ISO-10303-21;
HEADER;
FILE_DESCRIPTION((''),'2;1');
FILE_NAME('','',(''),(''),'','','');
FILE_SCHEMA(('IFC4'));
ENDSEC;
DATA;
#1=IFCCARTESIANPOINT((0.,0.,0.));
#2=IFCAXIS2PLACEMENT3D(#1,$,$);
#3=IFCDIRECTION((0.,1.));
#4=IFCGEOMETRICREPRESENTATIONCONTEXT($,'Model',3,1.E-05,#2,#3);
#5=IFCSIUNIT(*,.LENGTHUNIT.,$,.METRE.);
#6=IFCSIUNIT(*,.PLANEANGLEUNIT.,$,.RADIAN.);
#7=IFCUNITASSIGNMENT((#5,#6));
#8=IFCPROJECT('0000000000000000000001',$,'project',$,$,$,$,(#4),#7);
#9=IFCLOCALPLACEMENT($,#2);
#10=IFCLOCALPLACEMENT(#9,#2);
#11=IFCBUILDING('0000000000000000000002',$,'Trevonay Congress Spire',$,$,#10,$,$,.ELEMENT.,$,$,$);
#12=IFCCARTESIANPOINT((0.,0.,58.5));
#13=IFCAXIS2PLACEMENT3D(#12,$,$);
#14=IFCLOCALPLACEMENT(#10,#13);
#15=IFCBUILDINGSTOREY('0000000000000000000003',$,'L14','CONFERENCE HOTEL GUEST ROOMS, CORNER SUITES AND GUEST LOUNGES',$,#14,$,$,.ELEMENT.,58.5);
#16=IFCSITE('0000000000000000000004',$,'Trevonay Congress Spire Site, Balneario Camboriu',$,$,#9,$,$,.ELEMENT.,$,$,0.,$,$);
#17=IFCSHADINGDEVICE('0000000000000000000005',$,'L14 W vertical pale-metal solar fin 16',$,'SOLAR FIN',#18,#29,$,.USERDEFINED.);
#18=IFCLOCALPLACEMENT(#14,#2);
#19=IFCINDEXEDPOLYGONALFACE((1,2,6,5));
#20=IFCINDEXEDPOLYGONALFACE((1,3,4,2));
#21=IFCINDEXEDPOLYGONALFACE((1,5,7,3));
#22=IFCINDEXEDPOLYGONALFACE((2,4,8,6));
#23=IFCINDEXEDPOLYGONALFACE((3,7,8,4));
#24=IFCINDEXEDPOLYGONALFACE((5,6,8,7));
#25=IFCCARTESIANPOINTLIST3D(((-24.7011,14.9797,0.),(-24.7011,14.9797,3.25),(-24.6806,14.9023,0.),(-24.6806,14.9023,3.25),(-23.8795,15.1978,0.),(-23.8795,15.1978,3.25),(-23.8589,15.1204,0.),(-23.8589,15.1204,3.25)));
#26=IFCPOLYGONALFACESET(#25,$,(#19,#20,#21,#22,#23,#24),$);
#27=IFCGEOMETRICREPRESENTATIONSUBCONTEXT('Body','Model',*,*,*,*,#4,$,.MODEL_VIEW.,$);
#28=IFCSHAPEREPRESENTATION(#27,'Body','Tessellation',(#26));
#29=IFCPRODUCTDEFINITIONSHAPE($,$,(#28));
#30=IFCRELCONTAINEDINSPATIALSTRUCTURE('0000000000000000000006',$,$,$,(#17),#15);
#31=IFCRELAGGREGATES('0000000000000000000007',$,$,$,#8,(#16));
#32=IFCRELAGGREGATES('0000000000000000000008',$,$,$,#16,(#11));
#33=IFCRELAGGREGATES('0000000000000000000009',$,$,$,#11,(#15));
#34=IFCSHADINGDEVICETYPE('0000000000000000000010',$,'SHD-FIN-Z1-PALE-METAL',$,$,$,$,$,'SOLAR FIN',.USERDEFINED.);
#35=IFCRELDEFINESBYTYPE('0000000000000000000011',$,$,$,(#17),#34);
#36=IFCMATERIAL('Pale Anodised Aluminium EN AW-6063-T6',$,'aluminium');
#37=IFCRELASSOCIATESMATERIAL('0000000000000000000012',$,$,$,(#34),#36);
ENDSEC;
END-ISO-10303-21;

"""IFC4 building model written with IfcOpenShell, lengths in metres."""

from ifc_helpers import new_model, si_unit, direction, frame, origin, origin_2d, place, context, subcontext, project, spatial, rectangle, extrude, material, type_object, element, save


model = new_model("IFC4")

# Units and contexts
model_context = context("Model", 3, precision=1e-05, world=origin(), true_north=direction((0.0, 1.0)))
body_context = subcontext(model_context, "Body", "Model", "MODEL_VIEW")
ifc_project = project(units=[si_unit("LENGTHUNIT", "METRE"), si_unit("PLANEANGLEUNIT", "RADIAN")], contexts=[model_context])

# Site, building, storey
site_placement = place(None, origin())
site = spatial("IfcSite", under=ifc_project, at=site_placement, Name="Trevonay Congress Spire Site, Balneario Camboriu", CompositionType="ELEMENT", RefElevation=0.0)
building_placement = place(site_placement, origin())
building = spatial("IfcBuilding", under=site, at=building_placement, Name="Trevonay Congress Spire", CompositionType="ELEMENT")
storey_placement = place(building_placement, frame((0.0, 0.0, 58.5)))
storey = spatial("IfcBuildingStorey", under=building, at=storey_placement, Name="L14", Description="CONFERENCE HOTEL GUEST ROOMS, CORNER SUITES AND GUEST LOUNGES", CompositionType="ELEMENT", Elevation=58.5)

# Shared definitions
ifc_material_1 = material(Name="Pale Anodised Aluminium EN AW-6063-T6", Category="aluminium")

# Shading device
shading_device_type = type_object("IfcShadingDeviceType", Name="SHD-FIN-Z1-PALE-METAL", ElementType="SOLAR FIN", PredefinedType="USERDEFINED", material=ifc_material_1)
for number, where, z_axis, x_axis, name in (
    (1, (-24.28, 15.05, 0.0), (0.0, 0.0, 1.0), (-0.256627, 0.966511, 0.0), "L14 W vertical pale-metal solar fin 16"),
):
    element("IfcShadingDevice", number, at=place(storey_placement, frame(where, z_axis=z_axis, x_axis=x_axis)), inside=storey, type_object=shading_device_type, Name=name, ObjectType="SOLAR FIN", PredefinedType="USERDEFINED", context=body_context, shape_type="SweptSolid", body=[
        extrude(rectangle(XDim=0.0801, YDim=0.8501, at=origin_2d()), origin(), (0.0, 0.0, 1.0), 3.25),
    ])

save(model, "model.ifc")
